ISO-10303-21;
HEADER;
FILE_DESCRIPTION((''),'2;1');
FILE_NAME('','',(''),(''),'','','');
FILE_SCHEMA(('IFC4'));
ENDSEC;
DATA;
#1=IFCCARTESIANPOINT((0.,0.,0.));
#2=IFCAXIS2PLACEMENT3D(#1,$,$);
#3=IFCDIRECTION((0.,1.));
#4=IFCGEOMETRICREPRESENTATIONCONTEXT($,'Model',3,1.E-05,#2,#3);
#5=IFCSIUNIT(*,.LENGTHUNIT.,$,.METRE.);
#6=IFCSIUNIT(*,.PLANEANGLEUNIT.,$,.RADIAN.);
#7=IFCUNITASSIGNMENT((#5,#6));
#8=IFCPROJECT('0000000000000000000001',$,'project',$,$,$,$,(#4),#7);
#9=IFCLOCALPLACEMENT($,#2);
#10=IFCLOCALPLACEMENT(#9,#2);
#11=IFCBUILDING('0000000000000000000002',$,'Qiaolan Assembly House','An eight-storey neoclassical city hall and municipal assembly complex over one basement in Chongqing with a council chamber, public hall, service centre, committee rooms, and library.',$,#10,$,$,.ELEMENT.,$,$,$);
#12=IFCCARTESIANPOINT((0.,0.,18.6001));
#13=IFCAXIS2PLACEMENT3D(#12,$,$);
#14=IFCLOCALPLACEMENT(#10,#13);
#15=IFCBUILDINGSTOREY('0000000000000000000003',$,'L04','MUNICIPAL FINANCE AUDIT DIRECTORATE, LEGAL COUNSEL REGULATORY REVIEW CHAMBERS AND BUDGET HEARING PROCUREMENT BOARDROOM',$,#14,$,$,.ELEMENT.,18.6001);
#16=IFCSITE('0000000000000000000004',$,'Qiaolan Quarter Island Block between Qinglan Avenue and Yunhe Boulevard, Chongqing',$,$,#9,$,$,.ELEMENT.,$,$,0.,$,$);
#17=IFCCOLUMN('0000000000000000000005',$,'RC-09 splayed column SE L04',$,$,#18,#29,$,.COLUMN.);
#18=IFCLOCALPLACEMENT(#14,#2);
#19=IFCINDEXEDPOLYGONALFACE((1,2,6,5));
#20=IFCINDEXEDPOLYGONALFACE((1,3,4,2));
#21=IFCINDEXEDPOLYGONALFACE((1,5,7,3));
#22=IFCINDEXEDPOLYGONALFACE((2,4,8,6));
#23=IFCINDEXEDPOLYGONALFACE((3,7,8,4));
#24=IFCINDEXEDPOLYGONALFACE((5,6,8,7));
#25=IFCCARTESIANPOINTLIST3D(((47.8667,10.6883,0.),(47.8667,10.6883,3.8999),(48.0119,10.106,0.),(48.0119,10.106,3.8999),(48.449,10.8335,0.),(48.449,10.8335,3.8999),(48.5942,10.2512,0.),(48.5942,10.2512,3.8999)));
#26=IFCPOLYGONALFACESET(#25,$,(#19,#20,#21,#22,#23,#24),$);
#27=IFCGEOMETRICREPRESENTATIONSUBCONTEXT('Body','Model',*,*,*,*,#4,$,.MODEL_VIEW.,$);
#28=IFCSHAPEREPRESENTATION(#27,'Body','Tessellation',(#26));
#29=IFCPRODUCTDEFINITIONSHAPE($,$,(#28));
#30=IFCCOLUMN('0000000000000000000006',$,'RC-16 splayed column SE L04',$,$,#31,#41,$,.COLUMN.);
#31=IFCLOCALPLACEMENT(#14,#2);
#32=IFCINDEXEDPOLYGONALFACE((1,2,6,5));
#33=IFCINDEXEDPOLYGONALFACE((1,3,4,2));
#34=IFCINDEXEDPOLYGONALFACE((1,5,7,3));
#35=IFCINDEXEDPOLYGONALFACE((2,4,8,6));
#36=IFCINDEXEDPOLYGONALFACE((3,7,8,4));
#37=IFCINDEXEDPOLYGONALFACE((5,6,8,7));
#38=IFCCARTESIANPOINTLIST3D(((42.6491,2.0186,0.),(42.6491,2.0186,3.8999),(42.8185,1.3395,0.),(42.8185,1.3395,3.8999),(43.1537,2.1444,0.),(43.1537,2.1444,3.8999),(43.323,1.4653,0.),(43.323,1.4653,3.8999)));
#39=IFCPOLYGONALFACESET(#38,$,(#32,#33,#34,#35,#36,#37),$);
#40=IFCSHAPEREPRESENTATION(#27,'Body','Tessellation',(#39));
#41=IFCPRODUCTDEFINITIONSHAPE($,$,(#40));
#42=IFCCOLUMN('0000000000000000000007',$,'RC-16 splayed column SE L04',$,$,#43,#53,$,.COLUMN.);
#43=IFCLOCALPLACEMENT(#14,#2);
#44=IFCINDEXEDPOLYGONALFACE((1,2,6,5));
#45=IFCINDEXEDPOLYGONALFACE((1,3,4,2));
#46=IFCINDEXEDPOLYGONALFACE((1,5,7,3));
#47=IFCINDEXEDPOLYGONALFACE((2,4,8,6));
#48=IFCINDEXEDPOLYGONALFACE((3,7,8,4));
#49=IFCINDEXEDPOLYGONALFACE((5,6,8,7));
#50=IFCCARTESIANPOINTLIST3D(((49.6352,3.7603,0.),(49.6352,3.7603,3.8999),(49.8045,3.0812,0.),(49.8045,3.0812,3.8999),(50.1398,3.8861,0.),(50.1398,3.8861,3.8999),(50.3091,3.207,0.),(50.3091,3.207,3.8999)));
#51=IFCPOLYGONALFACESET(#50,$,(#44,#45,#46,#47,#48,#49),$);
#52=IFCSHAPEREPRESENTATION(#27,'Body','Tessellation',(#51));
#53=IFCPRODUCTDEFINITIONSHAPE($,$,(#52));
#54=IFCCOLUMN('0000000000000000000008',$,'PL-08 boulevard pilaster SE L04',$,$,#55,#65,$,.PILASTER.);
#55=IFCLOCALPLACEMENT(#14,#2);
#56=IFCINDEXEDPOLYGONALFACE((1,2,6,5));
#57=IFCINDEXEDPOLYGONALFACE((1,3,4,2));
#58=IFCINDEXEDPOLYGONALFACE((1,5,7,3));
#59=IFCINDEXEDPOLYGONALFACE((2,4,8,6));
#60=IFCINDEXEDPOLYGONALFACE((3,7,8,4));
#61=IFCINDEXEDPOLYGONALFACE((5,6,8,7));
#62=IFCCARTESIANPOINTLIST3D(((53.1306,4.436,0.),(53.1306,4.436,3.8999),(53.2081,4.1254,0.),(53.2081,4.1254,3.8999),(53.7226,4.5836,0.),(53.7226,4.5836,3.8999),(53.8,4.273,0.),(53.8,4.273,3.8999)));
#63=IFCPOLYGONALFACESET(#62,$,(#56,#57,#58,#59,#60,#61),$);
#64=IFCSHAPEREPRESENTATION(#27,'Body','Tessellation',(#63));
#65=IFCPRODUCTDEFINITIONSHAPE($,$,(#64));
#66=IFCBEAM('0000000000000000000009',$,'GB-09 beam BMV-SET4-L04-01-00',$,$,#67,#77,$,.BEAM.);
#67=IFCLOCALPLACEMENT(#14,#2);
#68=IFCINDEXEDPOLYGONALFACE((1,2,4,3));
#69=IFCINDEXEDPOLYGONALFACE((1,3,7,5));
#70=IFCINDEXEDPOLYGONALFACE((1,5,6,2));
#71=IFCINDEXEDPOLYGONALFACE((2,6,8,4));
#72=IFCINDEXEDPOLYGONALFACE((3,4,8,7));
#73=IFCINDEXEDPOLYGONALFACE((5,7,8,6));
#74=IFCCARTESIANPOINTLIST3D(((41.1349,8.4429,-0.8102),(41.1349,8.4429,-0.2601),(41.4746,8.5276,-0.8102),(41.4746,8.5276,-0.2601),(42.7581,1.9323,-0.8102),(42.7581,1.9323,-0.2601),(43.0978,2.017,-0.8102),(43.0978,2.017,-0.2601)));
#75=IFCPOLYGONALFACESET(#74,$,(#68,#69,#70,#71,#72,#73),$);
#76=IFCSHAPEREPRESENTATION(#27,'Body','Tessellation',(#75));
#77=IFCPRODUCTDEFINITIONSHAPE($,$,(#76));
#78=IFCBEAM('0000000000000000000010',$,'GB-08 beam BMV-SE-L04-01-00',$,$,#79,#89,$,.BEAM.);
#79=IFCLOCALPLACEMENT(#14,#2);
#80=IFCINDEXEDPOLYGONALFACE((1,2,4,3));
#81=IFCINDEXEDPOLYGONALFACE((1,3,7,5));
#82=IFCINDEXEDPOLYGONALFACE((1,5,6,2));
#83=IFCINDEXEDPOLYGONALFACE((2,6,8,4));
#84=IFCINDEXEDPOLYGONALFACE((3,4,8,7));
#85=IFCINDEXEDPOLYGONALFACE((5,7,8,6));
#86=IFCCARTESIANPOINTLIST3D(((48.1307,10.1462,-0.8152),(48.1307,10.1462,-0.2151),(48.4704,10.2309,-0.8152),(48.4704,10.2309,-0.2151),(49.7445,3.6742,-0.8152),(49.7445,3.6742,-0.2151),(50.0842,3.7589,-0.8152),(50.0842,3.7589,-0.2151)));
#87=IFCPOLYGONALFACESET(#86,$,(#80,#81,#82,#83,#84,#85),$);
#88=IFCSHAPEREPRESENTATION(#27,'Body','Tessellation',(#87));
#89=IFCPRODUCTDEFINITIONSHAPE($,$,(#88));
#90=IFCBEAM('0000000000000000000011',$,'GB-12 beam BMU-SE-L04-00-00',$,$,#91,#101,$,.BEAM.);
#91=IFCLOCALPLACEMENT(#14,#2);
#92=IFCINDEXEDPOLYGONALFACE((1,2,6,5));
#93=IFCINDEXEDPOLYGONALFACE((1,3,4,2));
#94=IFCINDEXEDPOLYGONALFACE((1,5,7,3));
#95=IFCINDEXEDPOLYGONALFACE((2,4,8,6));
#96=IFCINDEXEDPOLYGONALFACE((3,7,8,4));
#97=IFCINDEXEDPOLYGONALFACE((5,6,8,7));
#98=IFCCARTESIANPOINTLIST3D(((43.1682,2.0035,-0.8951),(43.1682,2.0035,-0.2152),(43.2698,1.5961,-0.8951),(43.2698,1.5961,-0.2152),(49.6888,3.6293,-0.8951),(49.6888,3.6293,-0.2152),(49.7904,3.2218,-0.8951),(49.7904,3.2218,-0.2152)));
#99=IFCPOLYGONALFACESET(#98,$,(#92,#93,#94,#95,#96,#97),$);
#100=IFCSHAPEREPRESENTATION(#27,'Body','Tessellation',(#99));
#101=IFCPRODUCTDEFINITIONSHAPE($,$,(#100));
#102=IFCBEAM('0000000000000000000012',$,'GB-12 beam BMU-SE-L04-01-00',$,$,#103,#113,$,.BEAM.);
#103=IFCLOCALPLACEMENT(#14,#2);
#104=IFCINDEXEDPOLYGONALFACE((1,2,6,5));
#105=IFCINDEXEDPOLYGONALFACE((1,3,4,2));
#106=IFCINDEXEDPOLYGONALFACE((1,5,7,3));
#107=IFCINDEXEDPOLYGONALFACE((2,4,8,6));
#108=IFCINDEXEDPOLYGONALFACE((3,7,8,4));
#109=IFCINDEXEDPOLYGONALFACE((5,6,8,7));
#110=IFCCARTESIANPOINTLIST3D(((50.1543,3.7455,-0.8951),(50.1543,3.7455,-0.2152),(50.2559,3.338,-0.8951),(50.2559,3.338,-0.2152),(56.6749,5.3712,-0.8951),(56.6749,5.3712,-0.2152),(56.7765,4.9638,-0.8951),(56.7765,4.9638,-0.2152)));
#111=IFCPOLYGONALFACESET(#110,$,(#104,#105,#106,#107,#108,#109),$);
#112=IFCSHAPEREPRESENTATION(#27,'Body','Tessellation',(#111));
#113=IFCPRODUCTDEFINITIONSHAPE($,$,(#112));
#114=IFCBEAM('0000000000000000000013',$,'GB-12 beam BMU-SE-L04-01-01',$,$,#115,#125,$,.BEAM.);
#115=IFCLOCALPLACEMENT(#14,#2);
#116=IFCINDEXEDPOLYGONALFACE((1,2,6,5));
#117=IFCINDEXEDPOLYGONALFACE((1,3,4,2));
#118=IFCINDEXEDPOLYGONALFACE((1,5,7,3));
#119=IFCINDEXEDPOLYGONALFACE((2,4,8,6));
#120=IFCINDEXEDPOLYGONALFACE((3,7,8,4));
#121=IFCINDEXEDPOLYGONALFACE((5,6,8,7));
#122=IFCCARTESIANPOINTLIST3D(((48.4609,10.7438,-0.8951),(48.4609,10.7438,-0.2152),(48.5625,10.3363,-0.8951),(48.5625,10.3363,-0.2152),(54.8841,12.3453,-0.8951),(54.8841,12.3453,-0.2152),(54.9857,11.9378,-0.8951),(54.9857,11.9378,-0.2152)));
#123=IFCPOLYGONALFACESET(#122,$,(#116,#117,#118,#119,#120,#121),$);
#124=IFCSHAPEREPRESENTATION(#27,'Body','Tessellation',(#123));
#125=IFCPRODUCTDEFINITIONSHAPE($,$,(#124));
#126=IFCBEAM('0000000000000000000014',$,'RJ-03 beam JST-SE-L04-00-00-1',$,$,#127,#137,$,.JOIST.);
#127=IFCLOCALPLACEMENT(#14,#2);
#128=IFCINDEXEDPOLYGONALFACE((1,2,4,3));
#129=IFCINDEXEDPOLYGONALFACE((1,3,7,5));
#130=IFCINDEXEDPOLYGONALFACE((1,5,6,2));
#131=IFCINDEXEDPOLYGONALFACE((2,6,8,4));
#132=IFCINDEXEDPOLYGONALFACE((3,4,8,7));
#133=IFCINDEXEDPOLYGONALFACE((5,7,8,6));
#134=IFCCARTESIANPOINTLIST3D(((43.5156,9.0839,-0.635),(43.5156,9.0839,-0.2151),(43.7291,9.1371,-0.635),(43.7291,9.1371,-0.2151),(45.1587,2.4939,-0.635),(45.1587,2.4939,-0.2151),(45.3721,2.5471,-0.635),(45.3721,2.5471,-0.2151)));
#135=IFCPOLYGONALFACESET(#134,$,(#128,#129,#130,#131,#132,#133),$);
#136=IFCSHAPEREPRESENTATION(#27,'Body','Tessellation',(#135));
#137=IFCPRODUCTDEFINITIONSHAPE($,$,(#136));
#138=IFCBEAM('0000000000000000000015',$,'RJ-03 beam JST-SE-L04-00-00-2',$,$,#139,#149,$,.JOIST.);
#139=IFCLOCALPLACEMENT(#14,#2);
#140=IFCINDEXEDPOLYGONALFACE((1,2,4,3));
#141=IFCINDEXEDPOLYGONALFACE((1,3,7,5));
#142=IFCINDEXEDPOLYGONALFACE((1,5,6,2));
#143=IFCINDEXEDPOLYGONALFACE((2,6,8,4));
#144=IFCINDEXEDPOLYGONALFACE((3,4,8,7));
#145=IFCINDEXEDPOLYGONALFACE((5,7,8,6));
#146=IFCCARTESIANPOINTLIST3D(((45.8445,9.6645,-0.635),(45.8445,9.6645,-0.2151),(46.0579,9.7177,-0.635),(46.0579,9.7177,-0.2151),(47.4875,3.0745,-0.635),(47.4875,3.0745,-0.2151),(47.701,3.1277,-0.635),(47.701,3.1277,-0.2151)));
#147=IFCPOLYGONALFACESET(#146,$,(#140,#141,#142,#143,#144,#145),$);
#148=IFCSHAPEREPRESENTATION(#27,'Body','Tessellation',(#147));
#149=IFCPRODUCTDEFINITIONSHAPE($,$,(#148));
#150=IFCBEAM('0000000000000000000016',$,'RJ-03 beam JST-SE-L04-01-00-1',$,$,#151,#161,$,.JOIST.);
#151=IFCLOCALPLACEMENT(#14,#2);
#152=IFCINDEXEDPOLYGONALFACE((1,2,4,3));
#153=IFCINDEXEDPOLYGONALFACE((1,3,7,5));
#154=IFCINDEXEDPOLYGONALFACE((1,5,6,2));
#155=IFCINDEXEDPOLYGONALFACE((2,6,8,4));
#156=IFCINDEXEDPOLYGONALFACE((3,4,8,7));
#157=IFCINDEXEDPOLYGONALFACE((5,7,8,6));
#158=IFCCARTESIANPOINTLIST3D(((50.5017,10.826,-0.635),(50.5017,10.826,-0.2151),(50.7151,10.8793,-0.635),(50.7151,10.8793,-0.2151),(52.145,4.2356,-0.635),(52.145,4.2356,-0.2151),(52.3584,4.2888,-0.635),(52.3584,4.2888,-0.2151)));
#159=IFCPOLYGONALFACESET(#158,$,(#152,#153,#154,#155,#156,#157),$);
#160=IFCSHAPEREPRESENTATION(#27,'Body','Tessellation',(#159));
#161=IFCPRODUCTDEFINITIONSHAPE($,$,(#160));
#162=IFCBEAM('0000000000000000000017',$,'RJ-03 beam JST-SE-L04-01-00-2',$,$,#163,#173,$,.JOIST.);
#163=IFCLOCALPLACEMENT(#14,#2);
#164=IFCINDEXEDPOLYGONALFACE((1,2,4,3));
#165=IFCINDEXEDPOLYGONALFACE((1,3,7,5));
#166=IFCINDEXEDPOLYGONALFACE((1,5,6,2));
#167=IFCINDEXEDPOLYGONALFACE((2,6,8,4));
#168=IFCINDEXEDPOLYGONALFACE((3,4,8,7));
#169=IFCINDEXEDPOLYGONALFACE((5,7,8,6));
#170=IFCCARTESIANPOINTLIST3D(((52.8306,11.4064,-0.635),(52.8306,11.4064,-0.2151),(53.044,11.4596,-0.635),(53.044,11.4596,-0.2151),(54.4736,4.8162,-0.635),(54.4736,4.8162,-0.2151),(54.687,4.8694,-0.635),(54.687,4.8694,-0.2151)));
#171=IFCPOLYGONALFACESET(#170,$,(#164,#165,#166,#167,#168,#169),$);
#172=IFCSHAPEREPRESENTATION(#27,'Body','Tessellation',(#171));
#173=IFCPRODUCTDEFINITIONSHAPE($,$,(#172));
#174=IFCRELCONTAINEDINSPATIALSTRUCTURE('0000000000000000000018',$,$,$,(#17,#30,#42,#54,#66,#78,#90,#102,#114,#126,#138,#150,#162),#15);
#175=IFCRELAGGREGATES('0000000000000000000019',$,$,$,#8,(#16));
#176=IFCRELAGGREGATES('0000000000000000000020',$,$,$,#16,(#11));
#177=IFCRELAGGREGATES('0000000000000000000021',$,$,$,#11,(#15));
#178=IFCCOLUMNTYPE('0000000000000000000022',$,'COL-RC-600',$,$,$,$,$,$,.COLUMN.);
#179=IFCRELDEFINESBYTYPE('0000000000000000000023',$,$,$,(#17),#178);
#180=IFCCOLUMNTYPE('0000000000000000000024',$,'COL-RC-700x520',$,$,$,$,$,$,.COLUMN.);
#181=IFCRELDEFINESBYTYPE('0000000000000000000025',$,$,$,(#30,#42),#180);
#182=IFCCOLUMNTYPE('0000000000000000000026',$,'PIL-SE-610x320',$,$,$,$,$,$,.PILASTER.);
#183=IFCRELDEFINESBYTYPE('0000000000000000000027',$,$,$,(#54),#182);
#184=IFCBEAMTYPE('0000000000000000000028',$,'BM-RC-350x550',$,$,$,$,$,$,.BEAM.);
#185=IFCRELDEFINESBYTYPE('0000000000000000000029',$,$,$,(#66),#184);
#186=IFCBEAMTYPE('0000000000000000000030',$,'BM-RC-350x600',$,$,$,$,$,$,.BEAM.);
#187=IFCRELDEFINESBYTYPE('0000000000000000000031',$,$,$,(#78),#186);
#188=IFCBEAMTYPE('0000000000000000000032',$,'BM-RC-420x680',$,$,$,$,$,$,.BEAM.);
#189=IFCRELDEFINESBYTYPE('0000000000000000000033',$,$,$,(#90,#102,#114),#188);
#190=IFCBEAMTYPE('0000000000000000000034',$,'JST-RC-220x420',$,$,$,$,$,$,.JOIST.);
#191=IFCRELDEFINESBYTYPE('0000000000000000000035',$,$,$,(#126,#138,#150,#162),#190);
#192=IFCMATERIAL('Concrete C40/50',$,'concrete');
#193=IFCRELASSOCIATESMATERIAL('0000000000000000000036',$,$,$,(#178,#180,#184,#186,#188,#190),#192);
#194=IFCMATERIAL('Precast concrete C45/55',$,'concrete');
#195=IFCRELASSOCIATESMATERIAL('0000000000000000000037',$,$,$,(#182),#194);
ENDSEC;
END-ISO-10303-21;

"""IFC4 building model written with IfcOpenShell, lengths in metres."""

from ifc_helpers import new_model, si_unit, direction, frame, origin, origin_2d, place, context, subcontext, project, spatial, rectangle, extrude, material, material_profile, profile_set, type_object, element, save


model = new_model("IFC4")

# Units and contexts
model_context = context("Model", 3, precision=1e-05, world=origin(), true_north=direction((0.0, 1.0)))
body_context = subcontext(model_context, "Body", "Model", "MODEL_VIEW")
ifc_project = project(units=[si_unit("LENGTHUNIT", "METRE"), si_unit("PLANEANGLEUNIT", "RADIAN")], contexts=[model_context])

# Site, building, storey
site_placement = place(None, origin())
site = spatial("IfcSite", under=ifc_project, at=site_placement, Name="Qiaolan Quarter Island Block between Qinglan Avenue and Yunhe Boulevard, Chongqing", CompositionType="ELEMENT", RefElevation=0.0)
building_placement = place(site_placement, origin())
building = spatial("IfcBuilding", under=site, at=building_placement, Name="Qiaolan Assembly House", Description="An eight-storey neoclassical city hall and municipal assembly complex over one basement in Chongqing with a council chamber, public hall, service centre, committee rooms, and library.", CompositionType="ELEMENT")
storey_placement = place(building_placement, frame((0.0, 0.0, 18.6001)))
storey = spatial("IfcBuildingStorey", under=building, at=storey_placement, Name="L04", Description="MUNICIPAL FINANCE AUDIT DIRECTORATE, LEGAL COUNSEL REGULATORY REVIEW CHAMBERS AND BUDGET HEARING PROCUREMENT BOARDROOM", CompositionType="ELEMENT", Elevation=18.6001)

# Columns
ifc_material_1 = material(Name="Concrete C40/50", Category="concrete")
ifc_material_profile_1 = material_profile(ifc_material_1, rectangle(XDim=0.6001, YDim=0.6001, at=origin_2d()), Name="RC 600x600")
ifc_profile_set_1 = profile_set([ifc_material_profile_1], Name="Concrete C40/50")
column_type_1 = type_object("IfcColumnType", Name="COL-RC-600", PredefinedType="COLUMN", material=ifc_profile_set_1)
column_1_placement = place(storey_placement, frame((48.2305, 10.4697, 0.0), z_axis=(0.0, 0.0, 1.0), x_axis=(0.970296, 0.241922, 0.0)))
element("IfcColumn", 1, at=column_1_placement, inside=storey, type_object=column_type_1, Name="RC-09 splayed column SE L04", PredefinedType="COLUMN", context=body_context, shape_type="SweptSolid", body=[
    extrude(rectangle(XDim=0.6001, YDim=0.6001, at=origin_2d()), origin(), (0.0, 0.0, 1.0), 3.8999),
])
ifc_material_profile_2 = material_profile(ifc_material_1, rectangle(XDim=0.52, YDim=0.7, at=origin_2d()), Name="RC 700x520")
ifc_profile_set_2 = profile_set([ifc_material_profile_2], Name="Concrete C40/50")
column_type_2 = type_object("IfcColumnType", Name="COL-RC-700x520", PredefinedType="COLUMN", material=ifc_profile_set_2)
for number, where, z_axis, x_axis, name in (
    (2, (42.9861, 1.7419, 0.0), (0.0, 0.0, 1.0), (0.970296, 0.241922, 0.0), "RC-16 splayed column SE L04"),
    (3, (49.9722, 3.4836, 0.0), (0.0, 0.0, 1.0), (0.970296, 0.241922, 0.0), "RC-16 splayed column SE L04"),
):
    element("IfcColumn", number, at=place(storey_placement, frame(where, z_axis=z_axis, x_axis=x_axis)), inside=storey, type_object=column_type_2, Name=name, PredefinedType="COLUMN", context=body_context, shape_type="SweptSolid", body=[
        extrude(rectangle(XDim=0.52, YDim=0.7, at=origin_2d()), origin(), (0.0, 0.0, 1.0), 3.8999),
    ])
ifc_material_2 = material(Name="Precast concrete C45/55", Category="concrete")
ifc_material_profile_3 = material_profile(ifc_material_2, rectangle(XDim=0.6101, YDim=0.3201, at=origin_2d()), Name="PIL 610x320")
ifc_profile_set_3 = profile_set([ifc_material_profile_3], Name="Precast concrete C45/55")
column_type_3 = type_object("IfcColumnType", Name="PIL-SE-610x320", PredefinedType="PILASTER", material=ifc_profile_set_3)
column_2_placement = place(storey_placement, frame((53.4653, 4.3545, 0.0), z_axis=(0.0, 0.0, 1.0), x_axis=(0.970296, 0.241922, 0.0)))
element("IfcColumn", 4, at=column_2_placement, inside=storey, type_object=column_type_3, Name="PL-08 boulevard pilaster SE L04", PredefinedType="PILASTER", context=body_context, shape_type="SweptSolid", body=[
    extrude(rectangle(XDim=0.6101, YDim=0.3201, at=origin_2d()), origin(), (0.0, 0.0, 1.0), 3.8999),
])

# Beams
ifc_material_profile_4 = material_profile(ifc_material_1, rectangle(XDim=0.3501, YDim=0.55, at=origin_2d()), Name="RCB 350x550")
ifc_profile_set_4 = profile_set([ifc_material_profile_4], Name="Concrete C40/50")
beam_type_1 = type_object("IfcBeamType", Name="BM-RC-350x550", PredefinedType="BEAM", material=ifc_profile_set_4)
beam_1_placement = place(storey_placement, frame((42.928, 1.9746, -0.5352), z_axis=(-0.241919, 0.970296, 0.0), x_axis=(-0.970296, -0.241919, 0.0)))
element("IfcBeam", 5, at=beam_1_placement, inside=storey, type_object=beam_type_1, Name="GB-09 beam BMV-SET4-L04-01-00", PredefinedType="BEAM", context=body_context, shape_type="SweptSolid", body=[
    extrude(rectangle(XDim=0.3501, YDim=0.55, at=origin_2d()), origin(), (0.0, 0.0, 1.0), 6.71),
])
ifc_material_profile_5 = material_profile(ifc_material_1, rectangle(XDim=0.3501, YDim=0.6001, at=origin_2d()), Name="RCB 350x600")
ifc_profile_set_5 = profile_set([ifc_material_profile_5], Name="Concrete C40/50")
beam_type_2 = type_object("IfcBeamType", Name="BM-RC-350x600", PredefinedType="BEAM", material=ifc_profile_set_5)
beam_2_placement = place(storey_placement, frame((49.9143, 3.7166, -0.5151), z_axis=(-0.241941, 0.970291, 0.0), x_axis=(-0.970291, -0.241941, 0.0)))
element("IfcBeam", 6, at=beam_2_placement, inside=storey, type_object=beam_type_2, Name="GB-08 beam BMV-SE-L04-01-00", PredefinedType="BEAM", context=body_context, shape_type="SweptSolid", body=[
    extrude(rectangle(XDim=0.3501, YDim=0.6001, at=origin_2d()), origin(), (0.0, 0.0, 1.0), 6.6702),
])
ifc_material_profile_6 = material_profile(ifc_material_1, rectangle(XDim=0.4199, YDim=0.6799, at=origin_2d()), Name="RCB 420x680")
ifc_profile_set_6 = profile_set([ifc_material_profile_6], Name="Concrete C40/50")
beam_type_3 = type_object("IfcBeamType", Name="BM-RC-420x680", PredefinedType="BEAM", material=ifc_profile_set_6)
for number, where, z_axis, x_axis, name in (
    (7, (43.219, 1.7998, -0.5552), (0.970296, 0.24192, 0.0), (-0.24192, 0.970296, 0.0), "GB-12 beam BMU-SE-L04-00-00"),
    (8, (50.2051, 3.5417, -0.5552), (0.970296, 0.24192, 0.0), (-0.24192, 0.970296, 0.0), "GB-12 beam BMU-SE-L04-01-00"),
):
    element("IfcBeam", number, at=place(storey_placement, frame(where, z_axis=z_axis, x_axis=x_axis)), inside=storey, type_object=beam_type_3, Name=name, PredefinedType="BEAM", context=body_context, shape_type="SweptSolid", body=[
        extrude(rectangle(XDim=0.4199, YDim=0.6799, at=origin_2d()), origin(), (0.0, 0.0, 1.0), 6.7202),
    ])
beam_3_placement = place(storey_placement, frame((48.5117, 10.54, -0.5552), z_axis=(0.970294, 0.241928, 0.0), x_axis=(-0.241928, 0.970294, 0.0)))
element("IfcBeam", 9, at=beam_3_placement, inside=storey, type_object=beam_type_3, Name="GB-12 beam BMU-SE-L04-01-01", PredefinedType="BEAM", context=body_context, shape_type="SweptSolid", body=[
    extrude(rectangle(XDim=0.4199, YDim=0.6799, at=origin_2d()), origin(), (0.0, 0.0, 1.0), 6.6199),
])
ifc_material_profile_7 = material_profile(ifc_material_1, rectangle(XDim=0.22, YDim=0.4199, at=origin_2d()), Name="RCB 220x420")
ifc_profile_set_7 = profile_set([ifc_material_profile_7], Name="Concrete C40/50")
beam_type_4 = type_object("IfcBeamType", Name="JST-RC-220x420", PredefinedType="JOIST", material=ifc_profile_set_7)
for number, where, z_axis, x_axis, name in (
    (10, (45.2654, 2.5205, -0.425), (-0.241918, 0.970297, 0.0), (-0.970297, -0.241918, 0.0), "RJ-03 beam JST-SE-L04-00-00-1"),
    (11, (47.5942, 3.1011, -0.425), (-0.241918, 0.970297, 0.0), (-0.970297, -0.241918, 0.0), "RJ-03 beam JST-SE-L04-00-00-2"),
):
    element("IfcBeam", number, at=place(storey_placement, frame(where, z_axis=z_axis, x_axis=x_axis)), inside=storey, type_object=beam_type_4, Name=name, PredefinedType="JOIST", context=body_context, shape_type="SweptSolid", body=[
        extrude(rectangle(XDim=0.22, YDim=0.4199, at=origin_2d()), origin(), (0.0, 0.0, 1.0), 6.7917),
    ])
beam_4_placement = place(storey_placement, frame((52.2517, 4.2622, -0.425), z_axis=(-0.241944, 0.97029, 0.0), x_axis=(-0.97029, -0.241944, 0.0)))
element("IfcBeam", 12, at=beam_4_placement, inside=storey, type_object=beam_type_4, Name="RJ-03 beam JST-SE-L04-01-00-1", PredefinedType="JOIST", context=body_context, shape_type="SweptSolid", body=[
    extrude(rectangle(XDim=0.22, YDim=0.4199, at=origin_2d()), origin(), (0.0, 0.0, 1.0), 6.7922),
])
beam_5_placement = place(storey_placement, frame((54.5803, 4.8428, -0.425), z_axis=(-0.24191, 0.970299, 0.0), x_axis=(-0.970299, -0.24191, 0.0)))
element("IfcBeam", 13, at=beam_5_placement, inside=storey, type_object=beam_type_4, Name="RJ-03 beam JST-SE-L04-01-00-2", PredefinedType="JOIST", context=body_context, shape_type="SweptSolid", body=[
    extrude(rectangle(XDim=0.22, YDim=0.4199, at=origin_2d()), origin(), (0.0, 0.0, 1.0), 6.792),
])

save(model, "model.ifc")
